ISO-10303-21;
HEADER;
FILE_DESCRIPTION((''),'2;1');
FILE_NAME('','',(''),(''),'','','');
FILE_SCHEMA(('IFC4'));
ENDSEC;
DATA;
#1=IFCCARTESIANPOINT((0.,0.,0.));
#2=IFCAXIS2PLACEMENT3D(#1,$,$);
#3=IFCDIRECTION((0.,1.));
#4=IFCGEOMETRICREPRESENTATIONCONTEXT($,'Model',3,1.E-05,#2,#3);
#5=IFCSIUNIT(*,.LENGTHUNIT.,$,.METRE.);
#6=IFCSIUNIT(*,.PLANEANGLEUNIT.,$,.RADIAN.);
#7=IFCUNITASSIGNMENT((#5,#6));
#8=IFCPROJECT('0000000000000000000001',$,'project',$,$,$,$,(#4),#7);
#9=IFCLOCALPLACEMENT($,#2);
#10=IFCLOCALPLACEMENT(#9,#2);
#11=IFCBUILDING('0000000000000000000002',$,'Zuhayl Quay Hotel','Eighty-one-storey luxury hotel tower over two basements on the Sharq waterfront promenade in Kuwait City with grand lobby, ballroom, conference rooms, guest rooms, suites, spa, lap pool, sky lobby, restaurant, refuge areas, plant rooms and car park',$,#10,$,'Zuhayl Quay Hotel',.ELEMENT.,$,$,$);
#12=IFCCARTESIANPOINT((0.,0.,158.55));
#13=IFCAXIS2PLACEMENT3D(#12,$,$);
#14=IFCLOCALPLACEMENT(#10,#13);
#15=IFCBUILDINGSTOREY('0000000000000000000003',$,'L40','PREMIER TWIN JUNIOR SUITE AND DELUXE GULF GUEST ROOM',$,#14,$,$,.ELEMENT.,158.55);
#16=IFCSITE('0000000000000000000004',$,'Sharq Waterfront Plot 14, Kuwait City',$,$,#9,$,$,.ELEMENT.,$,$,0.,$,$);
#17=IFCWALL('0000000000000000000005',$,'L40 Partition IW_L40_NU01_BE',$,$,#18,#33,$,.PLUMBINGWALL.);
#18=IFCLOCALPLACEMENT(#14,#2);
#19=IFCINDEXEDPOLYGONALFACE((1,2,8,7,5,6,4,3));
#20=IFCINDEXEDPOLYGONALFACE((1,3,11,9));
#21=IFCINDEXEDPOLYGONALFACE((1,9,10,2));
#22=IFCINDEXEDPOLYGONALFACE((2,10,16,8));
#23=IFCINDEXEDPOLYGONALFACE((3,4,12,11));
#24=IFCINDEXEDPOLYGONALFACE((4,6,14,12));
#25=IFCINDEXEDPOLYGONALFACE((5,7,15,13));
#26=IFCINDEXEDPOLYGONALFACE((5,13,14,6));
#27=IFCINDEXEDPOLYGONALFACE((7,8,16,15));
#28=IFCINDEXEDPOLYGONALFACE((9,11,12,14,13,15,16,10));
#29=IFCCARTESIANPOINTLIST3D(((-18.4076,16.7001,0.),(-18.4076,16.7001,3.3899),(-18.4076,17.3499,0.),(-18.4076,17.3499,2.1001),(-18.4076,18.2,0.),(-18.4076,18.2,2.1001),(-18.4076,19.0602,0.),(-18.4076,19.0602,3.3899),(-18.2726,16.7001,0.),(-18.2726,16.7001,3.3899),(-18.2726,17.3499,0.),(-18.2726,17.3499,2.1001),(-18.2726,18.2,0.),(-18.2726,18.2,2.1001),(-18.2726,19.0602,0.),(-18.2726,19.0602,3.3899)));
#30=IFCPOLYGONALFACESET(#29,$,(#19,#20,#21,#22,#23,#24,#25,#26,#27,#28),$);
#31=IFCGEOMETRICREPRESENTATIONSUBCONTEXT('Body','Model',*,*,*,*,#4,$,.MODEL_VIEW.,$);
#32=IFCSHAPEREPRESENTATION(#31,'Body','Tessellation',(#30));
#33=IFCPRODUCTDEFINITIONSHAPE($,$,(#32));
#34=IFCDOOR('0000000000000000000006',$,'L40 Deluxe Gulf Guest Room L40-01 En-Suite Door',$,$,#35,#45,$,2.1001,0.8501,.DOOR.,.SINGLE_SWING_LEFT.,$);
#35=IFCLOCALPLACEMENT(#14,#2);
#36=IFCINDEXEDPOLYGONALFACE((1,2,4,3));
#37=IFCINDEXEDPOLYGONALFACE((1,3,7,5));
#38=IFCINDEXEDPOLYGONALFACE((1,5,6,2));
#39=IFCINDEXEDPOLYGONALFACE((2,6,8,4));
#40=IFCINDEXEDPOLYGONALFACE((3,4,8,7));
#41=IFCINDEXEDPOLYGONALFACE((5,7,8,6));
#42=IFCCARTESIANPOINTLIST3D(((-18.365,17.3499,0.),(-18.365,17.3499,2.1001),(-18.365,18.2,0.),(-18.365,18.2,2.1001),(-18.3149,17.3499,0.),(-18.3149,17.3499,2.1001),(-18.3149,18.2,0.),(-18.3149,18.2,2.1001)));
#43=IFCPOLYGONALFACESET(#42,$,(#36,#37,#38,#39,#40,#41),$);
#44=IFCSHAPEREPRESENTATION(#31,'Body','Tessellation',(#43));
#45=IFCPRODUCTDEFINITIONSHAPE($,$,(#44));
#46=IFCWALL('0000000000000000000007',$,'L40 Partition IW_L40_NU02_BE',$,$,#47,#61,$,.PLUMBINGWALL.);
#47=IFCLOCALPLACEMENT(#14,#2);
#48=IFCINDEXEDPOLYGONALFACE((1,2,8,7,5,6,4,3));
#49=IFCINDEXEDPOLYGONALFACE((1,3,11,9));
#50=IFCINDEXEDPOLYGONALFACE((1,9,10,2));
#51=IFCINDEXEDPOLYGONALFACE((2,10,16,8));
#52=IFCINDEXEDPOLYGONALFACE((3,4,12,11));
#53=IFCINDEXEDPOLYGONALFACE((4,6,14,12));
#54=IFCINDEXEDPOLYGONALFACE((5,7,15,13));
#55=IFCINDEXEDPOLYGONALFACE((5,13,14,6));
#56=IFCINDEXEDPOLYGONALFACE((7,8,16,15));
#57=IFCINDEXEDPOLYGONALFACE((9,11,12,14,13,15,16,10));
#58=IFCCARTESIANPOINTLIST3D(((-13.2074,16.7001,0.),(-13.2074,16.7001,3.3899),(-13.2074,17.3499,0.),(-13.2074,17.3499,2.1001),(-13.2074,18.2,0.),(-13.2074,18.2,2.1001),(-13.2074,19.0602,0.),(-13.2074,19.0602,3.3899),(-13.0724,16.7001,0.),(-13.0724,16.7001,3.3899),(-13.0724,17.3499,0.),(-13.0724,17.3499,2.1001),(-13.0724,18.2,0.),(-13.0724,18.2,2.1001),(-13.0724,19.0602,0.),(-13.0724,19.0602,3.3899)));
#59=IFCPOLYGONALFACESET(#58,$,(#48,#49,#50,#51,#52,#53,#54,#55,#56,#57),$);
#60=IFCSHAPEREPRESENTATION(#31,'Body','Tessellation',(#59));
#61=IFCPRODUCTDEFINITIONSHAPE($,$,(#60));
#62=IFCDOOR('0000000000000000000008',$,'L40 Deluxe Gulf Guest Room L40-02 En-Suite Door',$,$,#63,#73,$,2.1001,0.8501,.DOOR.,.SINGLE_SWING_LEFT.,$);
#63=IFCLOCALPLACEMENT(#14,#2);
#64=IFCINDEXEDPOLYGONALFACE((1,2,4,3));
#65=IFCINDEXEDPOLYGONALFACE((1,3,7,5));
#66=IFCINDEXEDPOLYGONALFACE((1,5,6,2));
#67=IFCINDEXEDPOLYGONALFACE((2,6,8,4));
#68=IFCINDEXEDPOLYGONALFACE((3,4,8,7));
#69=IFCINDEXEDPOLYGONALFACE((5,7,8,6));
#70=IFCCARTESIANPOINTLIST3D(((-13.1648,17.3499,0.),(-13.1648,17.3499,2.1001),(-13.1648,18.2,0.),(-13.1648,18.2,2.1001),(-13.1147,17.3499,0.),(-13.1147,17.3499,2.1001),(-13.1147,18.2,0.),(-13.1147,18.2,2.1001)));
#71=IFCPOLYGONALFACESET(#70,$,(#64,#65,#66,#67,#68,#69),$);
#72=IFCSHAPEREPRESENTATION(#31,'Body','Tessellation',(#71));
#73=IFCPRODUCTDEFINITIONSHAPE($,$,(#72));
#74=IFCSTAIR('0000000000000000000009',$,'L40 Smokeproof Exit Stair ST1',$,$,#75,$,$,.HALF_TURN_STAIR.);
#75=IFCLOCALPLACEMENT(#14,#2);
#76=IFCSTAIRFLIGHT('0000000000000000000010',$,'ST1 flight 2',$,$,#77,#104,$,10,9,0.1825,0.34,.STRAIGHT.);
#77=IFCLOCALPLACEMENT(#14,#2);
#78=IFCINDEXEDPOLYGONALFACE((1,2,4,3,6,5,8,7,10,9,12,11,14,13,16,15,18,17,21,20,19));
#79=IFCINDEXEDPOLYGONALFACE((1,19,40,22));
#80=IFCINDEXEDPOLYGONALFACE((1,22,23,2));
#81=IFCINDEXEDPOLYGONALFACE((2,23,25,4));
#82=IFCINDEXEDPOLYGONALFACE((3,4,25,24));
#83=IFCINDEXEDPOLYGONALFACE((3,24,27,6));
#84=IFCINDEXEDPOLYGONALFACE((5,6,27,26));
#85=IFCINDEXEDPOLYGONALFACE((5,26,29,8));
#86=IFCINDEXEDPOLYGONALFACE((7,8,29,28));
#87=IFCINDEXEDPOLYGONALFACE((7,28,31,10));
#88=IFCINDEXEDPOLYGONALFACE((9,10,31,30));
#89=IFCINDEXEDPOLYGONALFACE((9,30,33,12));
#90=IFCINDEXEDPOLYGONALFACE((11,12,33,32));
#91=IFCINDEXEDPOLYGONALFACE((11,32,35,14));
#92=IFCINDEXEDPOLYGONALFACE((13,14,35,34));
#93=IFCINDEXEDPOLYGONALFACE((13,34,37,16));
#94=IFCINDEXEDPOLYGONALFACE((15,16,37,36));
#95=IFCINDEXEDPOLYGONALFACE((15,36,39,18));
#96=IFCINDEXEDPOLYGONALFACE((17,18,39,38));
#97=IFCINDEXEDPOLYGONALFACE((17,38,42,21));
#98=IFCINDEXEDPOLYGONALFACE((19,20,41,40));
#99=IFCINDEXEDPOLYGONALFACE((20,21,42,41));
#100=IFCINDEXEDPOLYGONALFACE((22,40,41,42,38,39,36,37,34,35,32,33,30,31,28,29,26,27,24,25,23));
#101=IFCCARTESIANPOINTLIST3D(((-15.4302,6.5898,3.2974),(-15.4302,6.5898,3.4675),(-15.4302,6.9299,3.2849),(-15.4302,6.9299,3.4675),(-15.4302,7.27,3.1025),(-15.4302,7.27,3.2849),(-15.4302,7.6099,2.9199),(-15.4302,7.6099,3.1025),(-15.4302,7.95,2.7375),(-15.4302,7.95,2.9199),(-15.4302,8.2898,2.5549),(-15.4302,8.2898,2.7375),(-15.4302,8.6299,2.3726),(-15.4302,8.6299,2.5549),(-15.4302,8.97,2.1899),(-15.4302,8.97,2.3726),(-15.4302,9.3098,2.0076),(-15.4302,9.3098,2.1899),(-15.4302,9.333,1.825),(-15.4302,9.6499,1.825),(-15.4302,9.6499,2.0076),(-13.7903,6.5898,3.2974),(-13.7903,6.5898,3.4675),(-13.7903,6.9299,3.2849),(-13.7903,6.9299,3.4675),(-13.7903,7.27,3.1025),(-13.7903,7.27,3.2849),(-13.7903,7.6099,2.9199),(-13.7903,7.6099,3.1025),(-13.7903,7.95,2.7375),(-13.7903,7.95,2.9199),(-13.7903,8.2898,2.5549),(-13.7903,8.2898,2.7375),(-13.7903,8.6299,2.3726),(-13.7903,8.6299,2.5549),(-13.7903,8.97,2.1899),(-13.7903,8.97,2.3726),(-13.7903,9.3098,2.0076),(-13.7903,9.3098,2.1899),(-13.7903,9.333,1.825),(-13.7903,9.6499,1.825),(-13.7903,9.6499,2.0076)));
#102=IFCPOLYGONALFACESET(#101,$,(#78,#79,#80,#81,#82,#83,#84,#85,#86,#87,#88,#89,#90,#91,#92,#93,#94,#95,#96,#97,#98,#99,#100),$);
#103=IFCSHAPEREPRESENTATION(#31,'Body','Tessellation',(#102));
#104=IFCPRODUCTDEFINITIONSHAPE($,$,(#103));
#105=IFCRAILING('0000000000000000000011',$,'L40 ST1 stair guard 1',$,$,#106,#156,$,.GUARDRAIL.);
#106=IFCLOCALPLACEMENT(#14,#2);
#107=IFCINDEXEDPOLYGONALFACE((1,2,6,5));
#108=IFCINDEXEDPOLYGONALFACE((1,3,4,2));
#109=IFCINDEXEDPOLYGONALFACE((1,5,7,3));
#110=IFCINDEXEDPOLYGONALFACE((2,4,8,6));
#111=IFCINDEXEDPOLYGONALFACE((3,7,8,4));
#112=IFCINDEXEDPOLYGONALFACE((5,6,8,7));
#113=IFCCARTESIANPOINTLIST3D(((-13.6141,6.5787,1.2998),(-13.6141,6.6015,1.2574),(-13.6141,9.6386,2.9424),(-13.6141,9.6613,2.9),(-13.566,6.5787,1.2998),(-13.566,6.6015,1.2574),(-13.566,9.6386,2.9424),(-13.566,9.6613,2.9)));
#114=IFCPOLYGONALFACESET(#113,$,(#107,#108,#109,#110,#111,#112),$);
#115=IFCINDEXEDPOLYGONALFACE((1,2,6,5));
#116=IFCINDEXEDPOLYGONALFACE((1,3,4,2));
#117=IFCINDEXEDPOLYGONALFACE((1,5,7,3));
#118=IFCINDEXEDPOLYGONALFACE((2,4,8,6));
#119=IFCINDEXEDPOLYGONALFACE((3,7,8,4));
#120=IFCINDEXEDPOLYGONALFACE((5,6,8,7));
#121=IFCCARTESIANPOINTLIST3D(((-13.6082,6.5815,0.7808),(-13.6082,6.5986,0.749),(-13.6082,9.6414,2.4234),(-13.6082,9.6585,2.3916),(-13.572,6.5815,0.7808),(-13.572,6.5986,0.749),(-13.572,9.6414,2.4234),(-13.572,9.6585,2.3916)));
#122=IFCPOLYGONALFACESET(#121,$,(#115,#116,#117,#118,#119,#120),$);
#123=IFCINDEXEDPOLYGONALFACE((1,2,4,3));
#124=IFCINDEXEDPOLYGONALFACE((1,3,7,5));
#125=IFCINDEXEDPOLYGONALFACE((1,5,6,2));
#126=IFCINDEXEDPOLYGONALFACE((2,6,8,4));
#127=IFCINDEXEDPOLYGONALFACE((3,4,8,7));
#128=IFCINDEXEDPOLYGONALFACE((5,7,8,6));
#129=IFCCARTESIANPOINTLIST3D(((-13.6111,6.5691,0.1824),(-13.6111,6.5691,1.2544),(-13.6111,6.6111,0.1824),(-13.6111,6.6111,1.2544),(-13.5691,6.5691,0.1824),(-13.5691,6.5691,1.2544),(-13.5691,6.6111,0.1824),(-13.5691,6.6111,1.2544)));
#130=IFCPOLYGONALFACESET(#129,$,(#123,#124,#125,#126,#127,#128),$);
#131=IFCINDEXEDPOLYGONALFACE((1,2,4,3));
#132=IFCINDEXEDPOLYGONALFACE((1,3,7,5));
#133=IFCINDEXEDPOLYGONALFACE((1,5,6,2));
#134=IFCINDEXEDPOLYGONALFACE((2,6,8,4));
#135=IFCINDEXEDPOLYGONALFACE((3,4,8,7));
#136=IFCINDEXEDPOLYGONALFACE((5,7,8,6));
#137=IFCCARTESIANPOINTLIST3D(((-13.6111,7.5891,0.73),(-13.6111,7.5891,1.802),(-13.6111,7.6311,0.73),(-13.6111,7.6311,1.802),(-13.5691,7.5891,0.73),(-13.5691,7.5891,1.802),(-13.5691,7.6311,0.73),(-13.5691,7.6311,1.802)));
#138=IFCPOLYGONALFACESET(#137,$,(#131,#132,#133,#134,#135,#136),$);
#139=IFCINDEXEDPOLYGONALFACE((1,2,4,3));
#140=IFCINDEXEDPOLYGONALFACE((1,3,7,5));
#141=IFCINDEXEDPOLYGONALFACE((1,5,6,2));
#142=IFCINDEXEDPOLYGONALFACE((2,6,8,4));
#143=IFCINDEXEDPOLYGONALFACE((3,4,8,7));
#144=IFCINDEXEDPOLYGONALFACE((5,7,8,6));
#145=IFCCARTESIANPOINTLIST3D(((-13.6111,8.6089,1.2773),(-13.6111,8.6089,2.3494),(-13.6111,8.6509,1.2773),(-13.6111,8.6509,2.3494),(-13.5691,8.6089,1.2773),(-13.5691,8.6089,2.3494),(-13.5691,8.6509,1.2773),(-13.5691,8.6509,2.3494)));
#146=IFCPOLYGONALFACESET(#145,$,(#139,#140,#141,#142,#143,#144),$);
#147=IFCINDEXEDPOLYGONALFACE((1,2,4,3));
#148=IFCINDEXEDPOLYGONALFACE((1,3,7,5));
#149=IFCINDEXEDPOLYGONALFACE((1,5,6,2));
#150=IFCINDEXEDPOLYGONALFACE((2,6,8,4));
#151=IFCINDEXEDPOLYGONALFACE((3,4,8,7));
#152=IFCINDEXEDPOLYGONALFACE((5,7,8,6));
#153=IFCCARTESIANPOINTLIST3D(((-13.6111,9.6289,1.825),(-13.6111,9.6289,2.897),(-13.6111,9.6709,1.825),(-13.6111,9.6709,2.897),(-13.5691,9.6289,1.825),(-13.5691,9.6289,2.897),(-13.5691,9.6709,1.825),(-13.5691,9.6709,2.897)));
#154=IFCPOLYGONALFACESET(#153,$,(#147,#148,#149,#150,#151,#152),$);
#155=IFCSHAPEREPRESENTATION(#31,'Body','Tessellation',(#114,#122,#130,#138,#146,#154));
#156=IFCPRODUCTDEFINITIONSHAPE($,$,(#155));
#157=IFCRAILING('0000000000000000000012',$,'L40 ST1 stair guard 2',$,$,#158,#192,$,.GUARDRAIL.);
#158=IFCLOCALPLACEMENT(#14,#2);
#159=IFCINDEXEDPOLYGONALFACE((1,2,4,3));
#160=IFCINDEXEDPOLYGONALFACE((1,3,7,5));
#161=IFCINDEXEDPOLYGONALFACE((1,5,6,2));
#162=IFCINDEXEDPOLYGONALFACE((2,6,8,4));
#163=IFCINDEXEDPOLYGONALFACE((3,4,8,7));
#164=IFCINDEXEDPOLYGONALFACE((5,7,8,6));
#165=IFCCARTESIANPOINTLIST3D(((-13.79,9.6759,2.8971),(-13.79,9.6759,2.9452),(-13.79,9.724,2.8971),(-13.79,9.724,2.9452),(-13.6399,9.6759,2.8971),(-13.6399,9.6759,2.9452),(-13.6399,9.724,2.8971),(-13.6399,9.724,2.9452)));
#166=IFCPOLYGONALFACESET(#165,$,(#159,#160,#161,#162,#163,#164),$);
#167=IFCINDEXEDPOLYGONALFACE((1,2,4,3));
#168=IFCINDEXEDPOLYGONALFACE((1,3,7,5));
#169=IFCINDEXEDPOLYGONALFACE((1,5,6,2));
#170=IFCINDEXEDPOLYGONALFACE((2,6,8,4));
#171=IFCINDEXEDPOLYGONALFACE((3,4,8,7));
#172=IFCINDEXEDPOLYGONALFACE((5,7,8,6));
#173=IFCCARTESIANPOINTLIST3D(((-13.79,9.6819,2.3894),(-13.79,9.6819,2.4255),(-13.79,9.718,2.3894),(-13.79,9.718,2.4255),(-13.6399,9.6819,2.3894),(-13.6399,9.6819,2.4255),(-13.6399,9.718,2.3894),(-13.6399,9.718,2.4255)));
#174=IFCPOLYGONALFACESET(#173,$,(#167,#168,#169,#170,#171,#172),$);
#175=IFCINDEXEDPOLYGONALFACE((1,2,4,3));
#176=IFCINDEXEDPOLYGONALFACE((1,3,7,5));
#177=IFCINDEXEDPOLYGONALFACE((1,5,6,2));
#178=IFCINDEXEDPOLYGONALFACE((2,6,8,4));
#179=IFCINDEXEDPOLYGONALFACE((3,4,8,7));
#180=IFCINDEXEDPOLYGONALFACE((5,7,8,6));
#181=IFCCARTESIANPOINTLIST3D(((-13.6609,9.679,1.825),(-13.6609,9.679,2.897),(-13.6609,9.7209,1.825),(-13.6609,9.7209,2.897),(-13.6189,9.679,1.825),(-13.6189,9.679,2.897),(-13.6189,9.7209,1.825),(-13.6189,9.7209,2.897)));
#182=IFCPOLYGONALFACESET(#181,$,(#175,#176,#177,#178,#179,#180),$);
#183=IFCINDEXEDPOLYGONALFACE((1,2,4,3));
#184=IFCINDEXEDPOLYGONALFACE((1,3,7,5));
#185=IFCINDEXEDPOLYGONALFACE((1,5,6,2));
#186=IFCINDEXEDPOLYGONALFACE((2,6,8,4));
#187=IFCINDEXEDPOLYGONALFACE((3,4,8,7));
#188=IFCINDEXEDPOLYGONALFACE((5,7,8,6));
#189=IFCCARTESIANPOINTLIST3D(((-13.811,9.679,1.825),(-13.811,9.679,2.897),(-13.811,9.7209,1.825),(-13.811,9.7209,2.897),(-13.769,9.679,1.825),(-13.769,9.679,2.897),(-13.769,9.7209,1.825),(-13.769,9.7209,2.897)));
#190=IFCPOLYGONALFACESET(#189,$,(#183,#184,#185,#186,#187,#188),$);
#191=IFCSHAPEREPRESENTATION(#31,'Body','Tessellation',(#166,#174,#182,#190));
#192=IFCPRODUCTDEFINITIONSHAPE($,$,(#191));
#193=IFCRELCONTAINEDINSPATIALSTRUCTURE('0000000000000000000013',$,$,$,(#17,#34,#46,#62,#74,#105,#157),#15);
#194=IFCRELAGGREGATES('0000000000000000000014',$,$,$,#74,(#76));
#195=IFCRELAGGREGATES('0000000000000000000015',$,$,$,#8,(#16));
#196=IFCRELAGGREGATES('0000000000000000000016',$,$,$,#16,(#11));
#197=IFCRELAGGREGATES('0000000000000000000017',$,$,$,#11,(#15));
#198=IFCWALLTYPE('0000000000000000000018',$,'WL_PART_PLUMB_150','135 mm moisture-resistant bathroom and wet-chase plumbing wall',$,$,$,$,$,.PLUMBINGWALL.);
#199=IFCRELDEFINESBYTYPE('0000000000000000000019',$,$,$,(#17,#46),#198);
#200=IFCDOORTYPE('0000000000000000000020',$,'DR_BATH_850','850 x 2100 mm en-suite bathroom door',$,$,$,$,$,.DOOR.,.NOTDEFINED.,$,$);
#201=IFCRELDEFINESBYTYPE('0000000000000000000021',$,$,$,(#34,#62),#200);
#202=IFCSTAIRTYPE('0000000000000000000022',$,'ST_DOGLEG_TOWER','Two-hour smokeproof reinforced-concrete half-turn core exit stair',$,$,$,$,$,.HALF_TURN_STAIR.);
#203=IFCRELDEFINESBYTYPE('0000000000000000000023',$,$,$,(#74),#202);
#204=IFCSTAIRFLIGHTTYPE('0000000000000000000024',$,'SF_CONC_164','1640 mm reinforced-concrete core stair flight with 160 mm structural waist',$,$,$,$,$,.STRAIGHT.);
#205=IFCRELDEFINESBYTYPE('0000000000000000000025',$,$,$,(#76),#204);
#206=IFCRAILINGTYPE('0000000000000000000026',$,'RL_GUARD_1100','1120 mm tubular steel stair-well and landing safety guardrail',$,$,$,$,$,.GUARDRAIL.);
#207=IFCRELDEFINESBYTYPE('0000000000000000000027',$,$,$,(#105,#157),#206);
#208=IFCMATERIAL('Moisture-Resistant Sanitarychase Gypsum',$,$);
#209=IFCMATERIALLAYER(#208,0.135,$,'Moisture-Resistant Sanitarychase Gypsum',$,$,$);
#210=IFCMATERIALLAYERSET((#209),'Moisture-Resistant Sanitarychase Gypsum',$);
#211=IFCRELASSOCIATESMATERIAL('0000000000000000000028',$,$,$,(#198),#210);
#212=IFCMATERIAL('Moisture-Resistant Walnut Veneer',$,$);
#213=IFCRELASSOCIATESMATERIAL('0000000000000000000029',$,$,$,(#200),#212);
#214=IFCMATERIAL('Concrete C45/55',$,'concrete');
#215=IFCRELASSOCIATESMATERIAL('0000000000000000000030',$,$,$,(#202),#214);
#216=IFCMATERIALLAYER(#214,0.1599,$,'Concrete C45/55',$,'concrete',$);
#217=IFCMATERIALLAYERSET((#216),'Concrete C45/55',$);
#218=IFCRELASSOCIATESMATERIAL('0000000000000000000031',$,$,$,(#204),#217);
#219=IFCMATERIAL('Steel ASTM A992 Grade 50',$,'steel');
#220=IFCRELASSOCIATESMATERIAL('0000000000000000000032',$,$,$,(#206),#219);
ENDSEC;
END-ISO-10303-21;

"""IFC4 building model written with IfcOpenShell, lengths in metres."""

from ifc_helpers import new_model, si_unit, direction, frame, frame_2d, origin, origin_2d, place, context, subcontext, project, spatial, polyline, rectangle, outline, extrude, material, layer, layer_set, type_object, element, fill, aggregate, save


model = new_model("IFC4")

# Units and contexts
model_context = context("Model", 3, precision=1e-05, world=origin(), true_north=direction((0.0, 1.0)))
body_context = subcontext(model_context, "Body", "Model", "MODEL_VIEW")
ifc_project = project(units=[si_unit("LENGTHUNIT", "METRE"), si_unit("PLANEANGLEUNIT", "RADIAN")], contexts=[model_context])

# Site, building, storey
site_placement = place(None, origin())
site = spatial("IfcSite", under=ifc_project, at=site_placement, Name="Sharq Waterfront Plot 14, Kuwait City", CompositionType="ELEMENT", RefElevation=0.0)
building_placement = place(site_placement, origin())
building = spatial("IfcBuilding", under=site, at=building_placement, Name="Zuhayl Quay Hotel", Description="Eighty-one-storey luxury hotel tower over two basements on the Sharq waterfront promenade in Kuwait City with grand lobby, ballroom, conference rooms, guest rooms, suites, spa, lap pool, sky lobby, restaurant, refuge areas, plant rooms and car park", LongName="Zuhayl Quay Hotel", CompositionType="ELEMENT")
storey_placement = place(building_placement, frame((0.0, 0.0, 158.55)))
storey = spatial("IfcBuildingStorey", under=building, at=storey_placement, Name="L40", Description="PREMIER TWIN JUNIOR SUITE AND DELUXE GULF GUEST ROOM", CompositionType="ELEMENT", Elevation=158.55)

# Shared definitions
ifc_material_1 = material(Name="Steel ASTM A992 Grade 50", Category="steel")

# Walls, openings, doors
ifc_material_2 = material(Name="Moisture-Resistant Sanitarychase Gypsum")
ifc_layer_1 = layer(ifc_material_2, 0.135, Name="Moisture-Resistant Sanitarychase Gypsum")
ifc_layer_set_1 = layer_set([ifc_layer_1], Name="Moisture-Resistant Sanitarychase Gypsum")
wall_type_1 = type_object("IfcWallType", Name="WL_PART_PLUMB_150", Description="135 mm moisture-resistant bathroom and wet-chase plumbing wall", PredefinedType="PLUMBINGWALL", material=ifc_layer_set_1)
wall_1_placement = place(storey_placement, frame((-18.3401, 16.7, 0.0), z_axis=(0.0, 0.0, 1.0), x_axis=(0.0, 1.0, 0.0)))
wall_1 = element("IfcWall", 1, at=wall_1_placement, inside=storey, type_object=wall_type_1, Name="L40 Partition IW_L40_NU01_BE", PredefinedType="PLUMBINGWALL", context=body_context, shape_type="SweptSolid", body=[
    extrude(rectangle(XDim=2.3601, YDim=0.135, at=frame_2d((1.1802, 0.0))), origin(), (0.0, 0.0, 1.0), 3.3899),
])
opening_1_placement = place(wall_1_placement, frame((0.6499, 0.0, 0.0)))
opening_1 = element("IfcOpeningElement", 2, at=opening_1_placement, cuts=wall_1, PredefinedType="OPENING", context=body_context, shape_type="SweptSolid", body=[
    extrude(rectangle(XDim=0.8501, YDim=2.1001, at=frame_2d((0.425, 1.05))), frame((0.0, 0.0774, 0.0), z_axis=(0.0, -1.0, 0.0), x_axis=(1.0, 0.0, 0.0)), (0.0, 0.0, 1.0), 0.155),
])
ifc_material_3 = material(Name="Moisture-Resistant Walnut Veneer")
door_type_1 = type_object("IfcDoorType", Name="DR_BATH_850", Description="850 x 2100 mm en-suite bathroom door", OperationType="NOTDEFINED", PredefinedType="DOOR", material=ifc_material_3)
door_1_placement = place(opening_1_placement, origin())
door_1 = element("IfcDoor", 3, at=door_1_placement, inside=storey, type_object=door_type_1, Name="L40 Deluxe Gulf Guest Room L40-01 En-Suite Door", OperationType="SINGLE_SWING_LEFT", OverallHeight=2.1001, OverallWidth=0.8501, PredefinedType="DOOR", context=body_context, shape_type="SweptSolid", body=[
    extrude(rectangle(XDim=0.8501, YDim=2.1001, at=frame_2d((0.425, 1.05))), frame((0.0, 0.0249, 0.0), z_axis=(0.0, -1.0, 0.0), x_axis=(1.0, 0.0, 0.0)), (0.0, 0.0, 1.0), 0.05),
])
fill(opening_1, door_1)
wall_2_placement = place(storey_placement, frame((-13.1399, 16.7, 0.0), z_axis=(0.0, 0.0, 1.0), x_axis=(0.0, 1.0, 0.0)))
wall_2 = element("IfcWall", 4, at=wall_2_placement, inside=storey, type_object=wall_type_1, Name="L40 Partition IW_L40_NU02_BE", PredefinedType="PLUMBINGWALL", context=body_context, shape_type="SweptSolid", body=[
    extrude(rectangle(XDim=2.3601, YDim=0.135, at=frame_2d((1.1802, 0.0))), origin(), (0.0, 0.0, 1.0), 3.3899),
])
opening_2_placement = place(wall_2_placement, frame((0.6499, 0.0, 0.0)))
opening_2 = element("IfcOpeningElement", 5, at=opening_2_placement, cuts=wall_2, PredefinedType="OPENING", context=body_context, shape_type="SweptSolid", body=[
    extrude(rectangle(XDim=0.8501, YDim=2.1001, at=frame_2d((0.425, 1.05))), frame((0.0, 0.0774, 0.0), z_axis=(0.0, -1.0, 0.0), x_axis=(1.0, 0.0, 0.0)), (0.0, 0.0, 1.0), 0.155),
])
door_2_placement = place(opening_2_placement, origin())
door_2 = element("IfcDoor", 6, at=door_2_placement, inside=storey, type_object=door_type_1, Name="L40 Deluxe Gulf Guest Room L40-02 En-Suite Door", OperationType="SINGLE_SWING_LEFT", OverallHeight=2.1001, OverallWidth=0.8501, PredefinedType="DOOR", context=body_context, shape_type="SweptSolid", body=[
    extrude(rectangle(XDim=0.8501, YDim=2.1001, at=frame_2d((0.425, 1.05))), frame((0.0, 0.0249, 0.0), z_axis=(0.0, -1.0, 0.0), x_axis=(1.0, 0.0, 0.0)), (0.0, 0.0, 1.0), 0.05),
])
fill(opening_2, door_2)

# Stair, stair flight
ifc_material_4 = material(Name="Concrete C45/55", Category="concrete")
stair_type = type_object("IfcStairType", Name="ST_DOGLEG_TOWER", Description="Two-hour smokeproof reinforced-concrete half-turn core exit stair", PredefinedType="HALF_TURN_STAIR", material=ifc_material_4)
stair_placement = place(storey_placement, origin())
stair = element("IfcStair", 7, at=stair_placement, inside=storey, type_object=stair_type, Name="L40 Smokeproof Exit Stair ST1", PredefinedType="HALF_TURN_STAIR")
ifc_layer_2 = layer(ifc_material_4, 0.1599, Name="Concrete C45/55", Category="concrete")
ifc_layer_set_2 = layer_set([ifc_layer_2], Name="Concrete C45/55")
stair_flight_type = type_object("IfcStairFlightType", Name="SF_CONC_164", Description="1640 mm reinforced-concrete core stair flight with 160 mm structural waist", PredefinedType="STRAIGHT", material=ifc_layer_set_2)
stair_flight_placement = place(storey_placement, frame((-14.6101, 9.6499, 1.825), z_axis=(0.0, 0.0, 1.0), x_axis=(0.0, -1.0, 0.0)))
stair_flight = element("IfcStairFlight", 8, at=stair_flight_placement, type_object=stair_flight_type, Name="ST1 flight 2", NumberOfRisers=10, NumberOfTreads=9, PredefinedType="STRAIGHT", RiserHeight=0.1825, TreadLength=0.34, context=body_context, shape_type="SweptSolid", body=[
    extrude(outline(polyline([(0.0, 0.0), (0.0, 0.1826), (0.3401, 0.1826), (0.3401, 0.365), (0.6799, 0.365), (0.6799, 0.5476), (1.02, 0.5476), (1.02, 0.73), (1.3601, 0.73), (1.3601, 0.9126), (1.7, 0.9126), (1.7, 1.095), (2.04, 1.095), (2.04, 1.2776), (2.3799, 1.2776), (2.3799, 1.46), (2.72, 1.46), (2.72, 1.6426), (3.0601, 1.6426), (3.0601, 1.825), (3.0601, 1.4724), (0.3169, 0.0), (0.0, 0.0)])), frame((0.0, 0.8198, 0.0), z_axis=(0.0, -1.0, 0.0), x_axis=(1.0, 0.0, 0.0)), (0.0, 0.0, 1.0), 1.6399),
])
aggregate(stair, [stair_flight])

# Railings
railing_type_1 = type_object("IfcRailingType", Name="RL_GUARD_1100", Description="1120 mm tubular steel stair-well and landing safety guardrail", PredefinedType="GUARDRAIL", material=ifc_material_1)
railing_1_placement = place(storey_placement, frame((-13.5901, 6.5901, 0.1824)))
element("IfcRailing", 9, at=railing_1_placement, inside=storey, type_object=railing_type_1, Name="L40 ST1 stair guard 1", PredefinedType="GUARDRAIL", context=body_context, shape_type="SweptSolid", body=[
    extrude(rectangle(XDim=0.0481, YDim=0.0481, at=origin_2d()), frame((0.0, 0.0, 1.0962), z_axis=(0.0, 0.881073, 0.47298), x_axis=(-1.0, 0.0, 0.0)), (0.0, 0.0, 1.0), 3.4729),
    extrude(rectangle(XDim=0.0361, YDim=0.0361, at=origin_2d()), frame((0.0, 0.0, 0.5825), z_axis=(0.0, 0.881073, 0.47298), x_axis=(-1.0, 0.0, 0.0)), (0.0, 0.0, 1.0), 3.4729),
    extrude(rectangle(XDim=0.042, YDim=0.042, at=origin_2d()), origin(), (0.0, 0.0, 1.0), 1.072),
    extrude(rectangle(XDim=0.042, YDim=0.042, at=origin_2d()), frame((0.0, 1.02, 0.5476)), (0.0, 0.0, 1.0), 1.072),
    extrude(rectangle(XDim=0.042, YDim=0.042, at=origin_2d()), frame((0.0, 2.0398, 1.095)), (0.0, 0.0, 1.0), 1.072),
    extrude(rectangle(XDim=0.042, YDim=0.042, at=origin_2d()), frame((0.0, 3.0598, 1.6426)), (0.0, 0.0, 1.0), 1.072),
])
railing_2_placement = place(storey_placement, frame((-13.6399, 9.7, 1.825)))
element("IfcRailing", 10, at=railing_2_placement, inside=storey, type_object=railing_type_1, Name="L40 ST1 stair guard 2", PredefinedType="GUARDRAIL", context=body_context, shape_type="SweptSolid", body=[
    extrude(rectangle(XDim=0.0481, YDim=0.0481, at=origin_2d()), frame((0.0, 0.0, 1.0962), z_axis=(-1.0, 0.0, 0.0), x_axis=(0.0, -1.0, 0.0)), (0.0, 0.0, 1.0), 0.1501),
    extrude(rectangle(XDim=0.0361, YDim=0.0361, at=origin_2d()), frame((0.0, 0.0, 0.5825), z_axis=(-1.0, 0.0, 0.0), x_axis=(0.0, -1.0, 0.0)), (0.0, 0.0, 1.0), 0.1501),
    extrude(rectangle(XDim=0.042, YDim=0.042, at=origin_2d()), origin(), (0.0, 0.0, 1.0), 1.072),
    extrude(rectangle(XDim=0.042, YDim=0.042, at=origin_2d()), frame((-0.1501, 0.0, 0.0)), (0.0, 0.0, 1.0), 1.072),
])

save(model, "model.ifc")
